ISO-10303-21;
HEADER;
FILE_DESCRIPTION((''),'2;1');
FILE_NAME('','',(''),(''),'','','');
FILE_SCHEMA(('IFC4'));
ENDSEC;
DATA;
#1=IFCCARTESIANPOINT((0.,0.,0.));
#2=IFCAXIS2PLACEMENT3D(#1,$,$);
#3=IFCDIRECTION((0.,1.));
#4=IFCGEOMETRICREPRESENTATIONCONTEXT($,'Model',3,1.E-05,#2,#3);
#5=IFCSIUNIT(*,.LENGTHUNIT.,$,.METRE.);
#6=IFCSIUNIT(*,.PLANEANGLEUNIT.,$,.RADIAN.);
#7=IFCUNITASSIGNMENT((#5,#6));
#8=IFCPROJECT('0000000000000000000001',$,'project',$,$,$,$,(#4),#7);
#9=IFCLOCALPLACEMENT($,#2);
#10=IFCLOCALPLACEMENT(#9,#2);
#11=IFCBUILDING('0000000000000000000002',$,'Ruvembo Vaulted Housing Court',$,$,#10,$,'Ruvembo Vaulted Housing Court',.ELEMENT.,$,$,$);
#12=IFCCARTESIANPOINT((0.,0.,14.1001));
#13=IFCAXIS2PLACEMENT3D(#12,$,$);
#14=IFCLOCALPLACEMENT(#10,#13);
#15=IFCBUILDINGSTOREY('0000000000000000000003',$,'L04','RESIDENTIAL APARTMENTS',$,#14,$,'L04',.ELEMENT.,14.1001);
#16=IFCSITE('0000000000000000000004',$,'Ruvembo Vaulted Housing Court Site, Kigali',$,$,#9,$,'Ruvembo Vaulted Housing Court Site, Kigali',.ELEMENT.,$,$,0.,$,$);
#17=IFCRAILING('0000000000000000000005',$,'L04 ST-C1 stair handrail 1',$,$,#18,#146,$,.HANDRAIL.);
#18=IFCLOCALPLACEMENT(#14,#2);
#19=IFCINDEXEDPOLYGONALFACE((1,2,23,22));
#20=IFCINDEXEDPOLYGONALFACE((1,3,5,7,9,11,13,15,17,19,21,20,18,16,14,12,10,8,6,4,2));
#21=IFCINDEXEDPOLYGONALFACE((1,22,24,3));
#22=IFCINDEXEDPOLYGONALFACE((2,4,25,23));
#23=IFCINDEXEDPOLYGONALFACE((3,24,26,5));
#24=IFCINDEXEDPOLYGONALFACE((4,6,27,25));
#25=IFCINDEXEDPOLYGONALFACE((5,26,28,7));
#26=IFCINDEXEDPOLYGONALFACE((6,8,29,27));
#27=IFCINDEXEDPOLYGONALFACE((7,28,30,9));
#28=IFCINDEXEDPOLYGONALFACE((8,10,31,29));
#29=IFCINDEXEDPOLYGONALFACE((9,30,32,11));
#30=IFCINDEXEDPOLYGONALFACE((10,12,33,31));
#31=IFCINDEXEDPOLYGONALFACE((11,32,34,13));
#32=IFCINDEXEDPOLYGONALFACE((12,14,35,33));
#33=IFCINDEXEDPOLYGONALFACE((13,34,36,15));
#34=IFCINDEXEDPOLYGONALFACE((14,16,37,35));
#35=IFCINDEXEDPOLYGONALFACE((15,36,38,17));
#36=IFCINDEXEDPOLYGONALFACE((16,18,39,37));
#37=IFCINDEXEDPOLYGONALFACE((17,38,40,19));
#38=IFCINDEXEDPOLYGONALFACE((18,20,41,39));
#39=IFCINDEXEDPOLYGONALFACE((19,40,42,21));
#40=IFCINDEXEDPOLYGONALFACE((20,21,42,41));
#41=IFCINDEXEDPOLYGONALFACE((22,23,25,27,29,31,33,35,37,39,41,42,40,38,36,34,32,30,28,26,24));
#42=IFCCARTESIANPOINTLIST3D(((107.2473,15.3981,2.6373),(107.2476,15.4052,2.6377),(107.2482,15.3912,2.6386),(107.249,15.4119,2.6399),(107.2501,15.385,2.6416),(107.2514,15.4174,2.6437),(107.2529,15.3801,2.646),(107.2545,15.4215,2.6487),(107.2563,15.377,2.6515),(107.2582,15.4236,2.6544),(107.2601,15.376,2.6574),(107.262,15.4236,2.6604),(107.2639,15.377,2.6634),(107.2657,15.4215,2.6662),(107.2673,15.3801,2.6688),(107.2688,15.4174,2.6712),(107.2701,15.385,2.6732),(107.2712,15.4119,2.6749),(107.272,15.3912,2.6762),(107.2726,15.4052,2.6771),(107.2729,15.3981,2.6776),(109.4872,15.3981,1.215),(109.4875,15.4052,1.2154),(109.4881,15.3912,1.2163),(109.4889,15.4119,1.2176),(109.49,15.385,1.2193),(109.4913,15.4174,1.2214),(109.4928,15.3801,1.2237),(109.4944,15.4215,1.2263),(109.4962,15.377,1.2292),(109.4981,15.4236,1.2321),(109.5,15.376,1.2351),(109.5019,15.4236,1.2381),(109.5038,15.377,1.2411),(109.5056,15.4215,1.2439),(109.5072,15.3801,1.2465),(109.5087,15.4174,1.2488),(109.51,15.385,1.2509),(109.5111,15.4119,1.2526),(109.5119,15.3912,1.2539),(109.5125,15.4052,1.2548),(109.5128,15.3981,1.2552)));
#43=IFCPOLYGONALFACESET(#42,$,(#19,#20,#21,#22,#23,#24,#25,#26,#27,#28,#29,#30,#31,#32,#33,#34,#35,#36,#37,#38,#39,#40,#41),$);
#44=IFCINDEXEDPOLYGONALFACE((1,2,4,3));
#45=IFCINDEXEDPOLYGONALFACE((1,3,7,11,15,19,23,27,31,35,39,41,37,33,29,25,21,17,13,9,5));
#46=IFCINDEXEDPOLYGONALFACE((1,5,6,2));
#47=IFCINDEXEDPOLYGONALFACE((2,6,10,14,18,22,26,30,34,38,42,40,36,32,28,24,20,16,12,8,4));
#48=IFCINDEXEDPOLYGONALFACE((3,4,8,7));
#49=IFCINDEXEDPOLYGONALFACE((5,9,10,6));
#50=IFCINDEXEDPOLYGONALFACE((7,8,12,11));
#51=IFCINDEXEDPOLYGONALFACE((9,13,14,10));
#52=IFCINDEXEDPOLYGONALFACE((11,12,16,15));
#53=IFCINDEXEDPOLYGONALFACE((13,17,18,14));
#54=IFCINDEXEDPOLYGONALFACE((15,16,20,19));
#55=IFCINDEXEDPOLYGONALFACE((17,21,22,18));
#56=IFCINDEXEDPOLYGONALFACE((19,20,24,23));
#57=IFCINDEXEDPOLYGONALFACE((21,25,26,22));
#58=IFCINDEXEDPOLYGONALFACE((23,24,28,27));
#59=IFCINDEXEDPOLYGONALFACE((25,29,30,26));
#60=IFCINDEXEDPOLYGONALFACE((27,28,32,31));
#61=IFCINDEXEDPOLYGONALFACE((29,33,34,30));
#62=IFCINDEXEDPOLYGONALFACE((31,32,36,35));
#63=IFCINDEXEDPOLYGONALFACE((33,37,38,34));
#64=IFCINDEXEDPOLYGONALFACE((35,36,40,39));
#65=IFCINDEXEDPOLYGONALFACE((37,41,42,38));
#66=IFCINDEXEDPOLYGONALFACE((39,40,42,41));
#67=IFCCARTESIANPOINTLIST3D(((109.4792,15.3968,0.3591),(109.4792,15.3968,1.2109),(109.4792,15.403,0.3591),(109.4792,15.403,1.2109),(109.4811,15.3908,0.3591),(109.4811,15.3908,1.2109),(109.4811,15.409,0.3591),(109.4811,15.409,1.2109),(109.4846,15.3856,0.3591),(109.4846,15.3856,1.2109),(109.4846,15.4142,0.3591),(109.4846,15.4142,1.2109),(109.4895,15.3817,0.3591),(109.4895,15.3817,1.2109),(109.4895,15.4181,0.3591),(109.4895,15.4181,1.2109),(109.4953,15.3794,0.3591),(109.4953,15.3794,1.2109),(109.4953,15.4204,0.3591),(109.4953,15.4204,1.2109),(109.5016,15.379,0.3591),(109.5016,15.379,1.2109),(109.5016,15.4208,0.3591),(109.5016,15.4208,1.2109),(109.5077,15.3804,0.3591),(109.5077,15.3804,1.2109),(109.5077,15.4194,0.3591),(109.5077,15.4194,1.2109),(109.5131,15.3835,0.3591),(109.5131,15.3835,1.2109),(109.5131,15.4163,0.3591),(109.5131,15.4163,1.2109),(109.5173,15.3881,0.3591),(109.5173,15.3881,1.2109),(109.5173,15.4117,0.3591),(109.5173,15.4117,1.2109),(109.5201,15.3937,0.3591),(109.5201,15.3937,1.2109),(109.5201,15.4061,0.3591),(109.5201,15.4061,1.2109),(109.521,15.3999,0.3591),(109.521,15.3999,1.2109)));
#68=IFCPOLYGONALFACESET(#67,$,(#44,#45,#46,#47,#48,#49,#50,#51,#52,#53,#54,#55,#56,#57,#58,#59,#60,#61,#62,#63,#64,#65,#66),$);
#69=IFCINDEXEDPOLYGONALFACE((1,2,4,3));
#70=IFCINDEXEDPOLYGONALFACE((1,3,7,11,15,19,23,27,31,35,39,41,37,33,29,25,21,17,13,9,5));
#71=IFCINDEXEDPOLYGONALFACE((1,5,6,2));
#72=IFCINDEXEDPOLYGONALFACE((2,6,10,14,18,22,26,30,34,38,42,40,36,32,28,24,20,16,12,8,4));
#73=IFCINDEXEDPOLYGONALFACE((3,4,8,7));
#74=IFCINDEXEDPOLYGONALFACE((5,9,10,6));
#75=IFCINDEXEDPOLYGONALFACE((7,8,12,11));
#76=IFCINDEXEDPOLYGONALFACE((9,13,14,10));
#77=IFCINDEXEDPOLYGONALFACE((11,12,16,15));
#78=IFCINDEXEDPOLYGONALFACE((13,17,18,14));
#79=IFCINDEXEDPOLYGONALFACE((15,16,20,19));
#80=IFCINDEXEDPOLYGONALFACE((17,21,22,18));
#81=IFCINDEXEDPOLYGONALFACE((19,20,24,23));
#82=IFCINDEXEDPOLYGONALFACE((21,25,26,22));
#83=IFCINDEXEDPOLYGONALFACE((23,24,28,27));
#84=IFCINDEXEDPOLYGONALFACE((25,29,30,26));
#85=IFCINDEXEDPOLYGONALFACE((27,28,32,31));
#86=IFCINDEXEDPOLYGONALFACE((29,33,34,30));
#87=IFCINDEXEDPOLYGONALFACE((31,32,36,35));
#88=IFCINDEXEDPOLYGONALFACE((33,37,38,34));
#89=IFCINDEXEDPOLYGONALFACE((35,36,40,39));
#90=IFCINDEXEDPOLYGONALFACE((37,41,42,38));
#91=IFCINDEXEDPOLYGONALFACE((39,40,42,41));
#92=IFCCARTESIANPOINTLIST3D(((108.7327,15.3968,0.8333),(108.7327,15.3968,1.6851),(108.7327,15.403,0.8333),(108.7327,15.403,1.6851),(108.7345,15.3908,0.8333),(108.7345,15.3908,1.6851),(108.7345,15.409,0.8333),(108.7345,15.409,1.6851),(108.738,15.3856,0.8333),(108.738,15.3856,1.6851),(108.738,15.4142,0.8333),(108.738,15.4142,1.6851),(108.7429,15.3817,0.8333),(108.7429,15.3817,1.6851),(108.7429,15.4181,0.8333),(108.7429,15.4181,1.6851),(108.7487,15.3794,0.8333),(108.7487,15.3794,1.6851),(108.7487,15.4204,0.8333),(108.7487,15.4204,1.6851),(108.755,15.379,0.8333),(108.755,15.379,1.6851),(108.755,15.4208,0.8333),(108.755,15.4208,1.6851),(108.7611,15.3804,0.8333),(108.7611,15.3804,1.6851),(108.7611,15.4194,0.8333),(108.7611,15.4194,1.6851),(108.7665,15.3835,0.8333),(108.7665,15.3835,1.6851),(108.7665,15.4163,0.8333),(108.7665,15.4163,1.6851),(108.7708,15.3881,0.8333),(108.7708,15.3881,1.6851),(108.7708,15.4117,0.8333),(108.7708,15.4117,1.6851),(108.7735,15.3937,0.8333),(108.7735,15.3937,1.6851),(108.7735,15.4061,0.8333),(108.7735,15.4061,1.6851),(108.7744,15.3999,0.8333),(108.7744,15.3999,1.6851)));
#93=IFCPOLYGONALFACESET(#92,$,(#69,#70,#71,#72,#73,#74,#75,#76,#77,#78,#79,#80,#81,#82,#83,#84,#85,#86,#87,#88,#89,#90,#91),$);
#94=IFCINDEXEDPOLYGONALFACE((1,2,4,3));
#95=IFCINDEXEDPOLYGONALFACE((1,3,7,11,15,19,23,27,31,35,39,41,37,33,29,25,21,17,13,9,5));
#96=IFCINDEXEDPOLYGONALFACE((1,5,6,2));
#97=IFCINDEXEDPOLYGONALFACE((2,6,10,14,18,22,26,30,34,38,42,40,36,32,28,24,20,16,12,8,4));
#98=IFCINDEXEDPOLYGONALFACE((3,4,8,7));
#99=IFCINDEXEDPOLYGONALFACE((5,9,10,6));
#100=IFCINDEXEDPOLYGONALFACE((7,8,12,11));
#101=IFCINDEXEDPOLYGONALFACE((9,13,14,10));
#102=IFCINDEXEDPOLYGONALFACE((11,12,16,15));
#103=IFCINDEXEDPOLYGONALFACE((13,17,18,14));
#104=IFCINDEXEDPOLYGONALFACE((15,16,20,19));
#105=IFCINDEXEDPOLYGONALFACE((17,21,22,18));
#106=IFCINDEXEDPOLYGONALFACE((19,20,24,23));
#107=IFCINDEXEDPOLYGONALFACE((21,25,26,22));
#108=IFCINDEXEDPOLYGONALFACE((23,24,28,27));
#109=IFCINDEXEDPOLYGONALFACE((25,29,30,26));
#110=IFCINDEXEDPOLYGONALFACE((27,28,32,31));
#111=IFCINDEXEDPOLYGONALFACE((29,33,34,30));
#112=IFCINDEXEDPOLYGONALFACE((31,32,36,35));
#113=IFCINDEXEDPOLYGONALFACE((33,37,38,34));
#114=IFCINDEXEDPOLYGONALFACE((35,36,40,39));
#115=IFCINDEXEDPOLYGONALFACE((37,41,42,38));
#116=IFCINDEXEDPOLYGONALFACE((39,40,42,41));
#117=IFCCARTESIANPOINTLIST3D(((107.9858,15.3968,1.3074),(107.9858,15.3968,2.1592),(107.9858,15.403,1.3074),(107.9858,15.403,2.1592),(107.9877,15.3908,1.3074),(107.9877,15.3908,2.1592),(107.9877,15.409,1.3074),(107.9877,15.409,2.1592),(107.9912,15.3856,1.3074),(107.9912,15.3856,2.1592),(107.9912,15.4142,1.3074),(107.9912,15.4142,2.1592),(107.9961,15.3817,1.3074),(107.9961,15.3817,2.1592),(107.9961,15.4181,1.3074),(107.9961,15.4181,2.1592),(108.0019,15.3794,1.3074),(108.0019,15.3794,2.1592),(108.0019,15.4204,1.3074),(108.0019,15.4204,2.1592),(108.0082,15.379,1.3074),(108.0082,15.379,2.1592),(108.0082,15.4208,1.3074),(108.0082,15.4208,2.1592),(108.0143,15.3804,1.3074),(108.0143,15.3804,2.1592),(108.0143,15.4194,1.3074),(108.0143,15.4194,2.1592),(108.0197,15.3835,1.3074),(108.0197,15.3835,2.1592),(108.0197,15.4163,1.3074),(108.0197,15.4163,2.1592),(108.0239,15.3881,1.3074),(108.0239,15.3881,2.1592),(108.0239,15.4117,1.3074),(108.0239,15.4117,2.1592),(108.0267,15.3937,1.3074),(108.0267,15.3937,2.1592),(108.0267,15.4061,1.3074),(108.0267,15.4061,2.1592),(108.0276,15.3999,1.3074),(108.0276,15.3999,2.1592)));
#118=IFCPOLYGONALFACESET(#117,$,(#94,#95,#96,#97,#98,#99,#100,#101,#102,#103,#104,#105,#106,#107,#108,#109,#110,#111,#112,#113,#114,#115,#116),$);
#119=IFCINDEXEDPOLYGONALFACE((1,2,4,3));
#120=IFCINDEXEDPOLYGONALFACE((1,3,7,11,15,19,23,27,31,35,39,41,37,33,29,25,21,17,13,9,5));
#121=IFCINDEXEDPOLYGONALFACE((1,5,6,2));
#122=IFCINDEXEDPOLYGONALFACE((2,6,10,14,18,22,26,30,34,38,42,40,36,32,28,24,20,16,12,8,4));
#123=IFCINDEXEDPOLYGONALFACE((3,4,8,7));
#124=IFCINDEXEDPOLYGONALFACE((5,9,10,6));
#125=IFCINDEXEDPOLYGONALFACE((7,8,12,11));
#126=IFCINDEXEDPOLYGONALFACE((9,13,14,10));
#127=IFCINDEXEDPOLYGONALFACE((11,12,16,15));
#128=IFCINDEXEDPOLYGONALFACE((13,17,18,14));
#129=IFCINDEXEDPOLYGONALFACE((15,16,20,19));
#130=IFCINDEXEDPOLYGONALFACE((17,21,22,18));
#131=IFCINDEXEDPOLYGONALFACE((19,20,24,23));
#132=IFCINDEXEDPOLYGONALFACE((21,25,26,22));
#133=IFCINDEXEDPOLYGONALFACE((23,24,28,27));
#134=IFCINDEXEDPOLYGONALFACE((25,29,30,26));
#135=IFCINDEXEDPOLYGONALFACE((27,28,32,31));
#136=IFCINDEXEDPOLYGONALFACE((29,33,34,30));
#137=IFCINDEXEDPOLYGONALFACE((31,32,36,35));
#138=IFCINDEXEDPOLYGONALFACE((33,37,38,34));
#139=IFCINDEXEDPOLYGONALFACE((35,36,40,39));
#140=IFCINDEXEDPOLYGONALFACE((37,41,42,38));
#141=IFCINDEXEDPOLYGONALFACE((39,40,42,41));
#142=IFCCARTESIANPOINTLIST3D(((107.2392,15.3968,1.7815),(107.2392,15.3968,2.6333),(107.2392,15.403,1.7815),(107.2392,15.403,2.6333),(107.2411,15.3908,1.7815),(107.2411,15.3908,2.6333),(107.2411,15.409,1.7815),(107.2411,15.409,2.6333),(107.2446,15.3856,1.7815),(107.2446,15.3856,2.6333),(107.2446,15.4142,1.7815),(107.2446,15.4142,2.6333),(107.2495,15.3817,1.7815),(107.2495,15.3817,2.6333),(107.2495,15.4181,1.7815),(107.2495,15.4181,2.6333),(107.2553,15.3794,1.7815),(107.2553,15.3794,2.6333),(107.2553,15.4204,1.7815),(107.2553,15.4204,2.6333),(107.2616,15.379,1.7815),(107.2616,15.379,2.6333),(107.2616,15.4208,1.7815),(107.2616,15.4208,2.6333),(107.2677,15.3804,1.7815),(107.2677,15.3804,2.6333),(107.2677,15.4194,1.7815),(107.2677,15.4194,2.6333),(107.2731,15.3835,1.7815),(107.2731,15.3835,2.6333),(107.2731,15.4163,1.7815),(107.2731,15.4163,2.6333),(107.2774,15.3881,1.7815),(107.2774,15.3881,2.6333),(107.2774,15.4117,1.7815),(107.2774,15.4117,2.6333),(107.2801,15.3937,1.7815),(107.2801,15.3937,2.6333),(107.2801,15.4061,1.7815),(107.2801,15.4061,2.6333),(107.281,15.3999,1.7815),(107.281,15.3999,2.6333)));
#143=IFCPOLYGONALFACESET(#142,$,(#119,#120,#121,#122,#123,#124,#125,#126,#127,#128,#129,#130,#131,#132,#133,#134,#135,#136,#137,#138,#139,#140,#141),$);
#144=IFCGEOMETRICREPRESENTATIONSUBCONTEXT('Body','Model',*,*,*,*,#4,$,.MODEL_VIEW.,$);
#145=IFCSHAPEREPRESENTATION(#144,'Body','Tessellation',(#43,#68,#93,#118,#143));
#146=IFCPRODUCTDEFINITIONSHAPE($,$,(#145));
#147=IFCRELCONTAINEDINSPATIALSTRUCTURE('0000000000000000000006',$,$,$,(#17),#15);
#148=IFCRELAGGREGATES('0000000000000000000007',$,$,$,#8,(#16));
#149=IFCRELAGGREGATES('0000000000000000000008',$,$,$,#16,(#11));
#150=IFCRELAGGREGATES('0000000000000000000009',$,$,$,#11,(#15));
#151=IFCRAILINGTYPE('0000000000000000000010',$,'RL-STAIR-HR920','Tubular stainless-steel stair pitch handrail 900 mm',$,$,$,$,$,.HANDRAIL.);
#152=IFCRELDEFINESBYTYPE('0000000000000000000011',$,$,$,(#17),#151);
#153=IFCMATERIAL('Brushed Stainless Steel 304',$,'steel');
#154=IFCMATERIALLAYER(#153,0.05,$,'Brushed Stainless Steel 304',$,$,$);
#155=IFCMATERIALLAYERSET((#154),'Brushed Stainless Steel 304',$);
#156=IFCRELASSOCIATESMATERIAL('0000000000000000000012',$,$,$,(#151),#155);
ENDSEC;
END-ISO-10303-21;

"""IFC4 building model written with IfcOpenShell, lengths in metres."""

from ifc_helpers import new_model, si_unit, direction, frame, origin, origin_2d, place, context, subcontext, project, spatial, circle, extrude, material, layer, layer_set, type_object, element, save


model = new_model("IFC4")

# Units and contexts
model_context = context("Model", 3, precision=1e-05, world=origin(), true_north=direction((0.0, 1.0)))
body_context = subcontext(model_context, "Body", "Model", "MODEL_VIEW")
ifc_project = project(units=[si_unit("LENGTHUNIT", "METRE"), si_unit("PLANEANGLEUNIT", "RADIAN")], contexts=[model_context])

# Site, building, storey
site_placement = place(None, origin())
site = spatial("IfcSite", under=ifc_project, at=site_placement, Name="Ruvembo Vaulted Housing Court Site, Kigali", LongName="Ruvembo Vaulted Housing Court Site, Kigali", CompositionType="ELEMENT", RefElevation=0.0)
building_placement = place(site_placement, origin())
building = spatial("IfcBuilding", under=site, at=building_placement, Name="Ruvembo Vaulted Housing Court", LongName="Ruvembo Vaulted Housing Court", CompositionType="ELEMENT")
storey_placement = place(building_placement, frame((0.0, 0.0, 14.1001)))
storey = spatial("IfcBuildingStorey", under=building, at=storey_placement, Name="L04", Description="RESIDENTIAL APARTMENTS", LongName="L04", CompositionType="ELEMENT", Elevation=14.1001)

# Shared definitions
ifc_material_1 = material(Name="Brushed Stainless Steel 304", Category="steel")

# Railing
ifc_layer_1 = layer(ifc_material_1, 0.05, Name="Brushed Stainless Steel 304")
ifc_layer_set_1 = layer_set([ifc_layer_1], Name="Brushed Stainless Steel 304")
railing_type_1 = type_object("IfcRailingType", Name="RL-STAIR-HR920", Description="Tubular stainless-steel stair pitch handrail 900 mm", PredefinedType="HANDRAIL", material=ifc_layer_set_1)
railing_1_placement = place(storey_placement, frame((109.5, 15.3999, 0.3591)))
element("IfcRailing", 1, at=railing_1_placement, inside=storey, type_object=railing_type_1, Name="L04 ST-C1 stair handrail 1", PredefinedType="HANDRAIL", context=body_context, shape_type="SweptSolid", body=[
    extrude(circle(Radius=0.0239, at=origin_2d()), frame((0.0, 0.0, 0.876), z_axis=(-0.844188, 0.0, 0.536048), x_axis=(0.0, -1.0, 0.0)), (0.0, 0.0, 1.0), 2.6533),
    extrude(circle(Radius=0.021, at=origin_2d()), origin(), (0.0, 0.0, 1.0), 0.8518),
    extrude(circle(Radius=0.021, at=origin_2d()), frame((-0.7466, 0.0, 0.4741)), (0.0, 0.0, 1.0), 0.8518),
    extrude(circle(Radius=0.021, at=origin_2d()), frame((-1.4934, 0.0, 0.9482)), (0.0, 0.0, 1.0), 0.8518),
    extrude(circle(Radius=0.021, at=origin_2d()), frame((-2.24, 0.0, 1.4224)), (0.0, 0.0, 1.0), 0.8518),
])

save(model, "model.ifc")
